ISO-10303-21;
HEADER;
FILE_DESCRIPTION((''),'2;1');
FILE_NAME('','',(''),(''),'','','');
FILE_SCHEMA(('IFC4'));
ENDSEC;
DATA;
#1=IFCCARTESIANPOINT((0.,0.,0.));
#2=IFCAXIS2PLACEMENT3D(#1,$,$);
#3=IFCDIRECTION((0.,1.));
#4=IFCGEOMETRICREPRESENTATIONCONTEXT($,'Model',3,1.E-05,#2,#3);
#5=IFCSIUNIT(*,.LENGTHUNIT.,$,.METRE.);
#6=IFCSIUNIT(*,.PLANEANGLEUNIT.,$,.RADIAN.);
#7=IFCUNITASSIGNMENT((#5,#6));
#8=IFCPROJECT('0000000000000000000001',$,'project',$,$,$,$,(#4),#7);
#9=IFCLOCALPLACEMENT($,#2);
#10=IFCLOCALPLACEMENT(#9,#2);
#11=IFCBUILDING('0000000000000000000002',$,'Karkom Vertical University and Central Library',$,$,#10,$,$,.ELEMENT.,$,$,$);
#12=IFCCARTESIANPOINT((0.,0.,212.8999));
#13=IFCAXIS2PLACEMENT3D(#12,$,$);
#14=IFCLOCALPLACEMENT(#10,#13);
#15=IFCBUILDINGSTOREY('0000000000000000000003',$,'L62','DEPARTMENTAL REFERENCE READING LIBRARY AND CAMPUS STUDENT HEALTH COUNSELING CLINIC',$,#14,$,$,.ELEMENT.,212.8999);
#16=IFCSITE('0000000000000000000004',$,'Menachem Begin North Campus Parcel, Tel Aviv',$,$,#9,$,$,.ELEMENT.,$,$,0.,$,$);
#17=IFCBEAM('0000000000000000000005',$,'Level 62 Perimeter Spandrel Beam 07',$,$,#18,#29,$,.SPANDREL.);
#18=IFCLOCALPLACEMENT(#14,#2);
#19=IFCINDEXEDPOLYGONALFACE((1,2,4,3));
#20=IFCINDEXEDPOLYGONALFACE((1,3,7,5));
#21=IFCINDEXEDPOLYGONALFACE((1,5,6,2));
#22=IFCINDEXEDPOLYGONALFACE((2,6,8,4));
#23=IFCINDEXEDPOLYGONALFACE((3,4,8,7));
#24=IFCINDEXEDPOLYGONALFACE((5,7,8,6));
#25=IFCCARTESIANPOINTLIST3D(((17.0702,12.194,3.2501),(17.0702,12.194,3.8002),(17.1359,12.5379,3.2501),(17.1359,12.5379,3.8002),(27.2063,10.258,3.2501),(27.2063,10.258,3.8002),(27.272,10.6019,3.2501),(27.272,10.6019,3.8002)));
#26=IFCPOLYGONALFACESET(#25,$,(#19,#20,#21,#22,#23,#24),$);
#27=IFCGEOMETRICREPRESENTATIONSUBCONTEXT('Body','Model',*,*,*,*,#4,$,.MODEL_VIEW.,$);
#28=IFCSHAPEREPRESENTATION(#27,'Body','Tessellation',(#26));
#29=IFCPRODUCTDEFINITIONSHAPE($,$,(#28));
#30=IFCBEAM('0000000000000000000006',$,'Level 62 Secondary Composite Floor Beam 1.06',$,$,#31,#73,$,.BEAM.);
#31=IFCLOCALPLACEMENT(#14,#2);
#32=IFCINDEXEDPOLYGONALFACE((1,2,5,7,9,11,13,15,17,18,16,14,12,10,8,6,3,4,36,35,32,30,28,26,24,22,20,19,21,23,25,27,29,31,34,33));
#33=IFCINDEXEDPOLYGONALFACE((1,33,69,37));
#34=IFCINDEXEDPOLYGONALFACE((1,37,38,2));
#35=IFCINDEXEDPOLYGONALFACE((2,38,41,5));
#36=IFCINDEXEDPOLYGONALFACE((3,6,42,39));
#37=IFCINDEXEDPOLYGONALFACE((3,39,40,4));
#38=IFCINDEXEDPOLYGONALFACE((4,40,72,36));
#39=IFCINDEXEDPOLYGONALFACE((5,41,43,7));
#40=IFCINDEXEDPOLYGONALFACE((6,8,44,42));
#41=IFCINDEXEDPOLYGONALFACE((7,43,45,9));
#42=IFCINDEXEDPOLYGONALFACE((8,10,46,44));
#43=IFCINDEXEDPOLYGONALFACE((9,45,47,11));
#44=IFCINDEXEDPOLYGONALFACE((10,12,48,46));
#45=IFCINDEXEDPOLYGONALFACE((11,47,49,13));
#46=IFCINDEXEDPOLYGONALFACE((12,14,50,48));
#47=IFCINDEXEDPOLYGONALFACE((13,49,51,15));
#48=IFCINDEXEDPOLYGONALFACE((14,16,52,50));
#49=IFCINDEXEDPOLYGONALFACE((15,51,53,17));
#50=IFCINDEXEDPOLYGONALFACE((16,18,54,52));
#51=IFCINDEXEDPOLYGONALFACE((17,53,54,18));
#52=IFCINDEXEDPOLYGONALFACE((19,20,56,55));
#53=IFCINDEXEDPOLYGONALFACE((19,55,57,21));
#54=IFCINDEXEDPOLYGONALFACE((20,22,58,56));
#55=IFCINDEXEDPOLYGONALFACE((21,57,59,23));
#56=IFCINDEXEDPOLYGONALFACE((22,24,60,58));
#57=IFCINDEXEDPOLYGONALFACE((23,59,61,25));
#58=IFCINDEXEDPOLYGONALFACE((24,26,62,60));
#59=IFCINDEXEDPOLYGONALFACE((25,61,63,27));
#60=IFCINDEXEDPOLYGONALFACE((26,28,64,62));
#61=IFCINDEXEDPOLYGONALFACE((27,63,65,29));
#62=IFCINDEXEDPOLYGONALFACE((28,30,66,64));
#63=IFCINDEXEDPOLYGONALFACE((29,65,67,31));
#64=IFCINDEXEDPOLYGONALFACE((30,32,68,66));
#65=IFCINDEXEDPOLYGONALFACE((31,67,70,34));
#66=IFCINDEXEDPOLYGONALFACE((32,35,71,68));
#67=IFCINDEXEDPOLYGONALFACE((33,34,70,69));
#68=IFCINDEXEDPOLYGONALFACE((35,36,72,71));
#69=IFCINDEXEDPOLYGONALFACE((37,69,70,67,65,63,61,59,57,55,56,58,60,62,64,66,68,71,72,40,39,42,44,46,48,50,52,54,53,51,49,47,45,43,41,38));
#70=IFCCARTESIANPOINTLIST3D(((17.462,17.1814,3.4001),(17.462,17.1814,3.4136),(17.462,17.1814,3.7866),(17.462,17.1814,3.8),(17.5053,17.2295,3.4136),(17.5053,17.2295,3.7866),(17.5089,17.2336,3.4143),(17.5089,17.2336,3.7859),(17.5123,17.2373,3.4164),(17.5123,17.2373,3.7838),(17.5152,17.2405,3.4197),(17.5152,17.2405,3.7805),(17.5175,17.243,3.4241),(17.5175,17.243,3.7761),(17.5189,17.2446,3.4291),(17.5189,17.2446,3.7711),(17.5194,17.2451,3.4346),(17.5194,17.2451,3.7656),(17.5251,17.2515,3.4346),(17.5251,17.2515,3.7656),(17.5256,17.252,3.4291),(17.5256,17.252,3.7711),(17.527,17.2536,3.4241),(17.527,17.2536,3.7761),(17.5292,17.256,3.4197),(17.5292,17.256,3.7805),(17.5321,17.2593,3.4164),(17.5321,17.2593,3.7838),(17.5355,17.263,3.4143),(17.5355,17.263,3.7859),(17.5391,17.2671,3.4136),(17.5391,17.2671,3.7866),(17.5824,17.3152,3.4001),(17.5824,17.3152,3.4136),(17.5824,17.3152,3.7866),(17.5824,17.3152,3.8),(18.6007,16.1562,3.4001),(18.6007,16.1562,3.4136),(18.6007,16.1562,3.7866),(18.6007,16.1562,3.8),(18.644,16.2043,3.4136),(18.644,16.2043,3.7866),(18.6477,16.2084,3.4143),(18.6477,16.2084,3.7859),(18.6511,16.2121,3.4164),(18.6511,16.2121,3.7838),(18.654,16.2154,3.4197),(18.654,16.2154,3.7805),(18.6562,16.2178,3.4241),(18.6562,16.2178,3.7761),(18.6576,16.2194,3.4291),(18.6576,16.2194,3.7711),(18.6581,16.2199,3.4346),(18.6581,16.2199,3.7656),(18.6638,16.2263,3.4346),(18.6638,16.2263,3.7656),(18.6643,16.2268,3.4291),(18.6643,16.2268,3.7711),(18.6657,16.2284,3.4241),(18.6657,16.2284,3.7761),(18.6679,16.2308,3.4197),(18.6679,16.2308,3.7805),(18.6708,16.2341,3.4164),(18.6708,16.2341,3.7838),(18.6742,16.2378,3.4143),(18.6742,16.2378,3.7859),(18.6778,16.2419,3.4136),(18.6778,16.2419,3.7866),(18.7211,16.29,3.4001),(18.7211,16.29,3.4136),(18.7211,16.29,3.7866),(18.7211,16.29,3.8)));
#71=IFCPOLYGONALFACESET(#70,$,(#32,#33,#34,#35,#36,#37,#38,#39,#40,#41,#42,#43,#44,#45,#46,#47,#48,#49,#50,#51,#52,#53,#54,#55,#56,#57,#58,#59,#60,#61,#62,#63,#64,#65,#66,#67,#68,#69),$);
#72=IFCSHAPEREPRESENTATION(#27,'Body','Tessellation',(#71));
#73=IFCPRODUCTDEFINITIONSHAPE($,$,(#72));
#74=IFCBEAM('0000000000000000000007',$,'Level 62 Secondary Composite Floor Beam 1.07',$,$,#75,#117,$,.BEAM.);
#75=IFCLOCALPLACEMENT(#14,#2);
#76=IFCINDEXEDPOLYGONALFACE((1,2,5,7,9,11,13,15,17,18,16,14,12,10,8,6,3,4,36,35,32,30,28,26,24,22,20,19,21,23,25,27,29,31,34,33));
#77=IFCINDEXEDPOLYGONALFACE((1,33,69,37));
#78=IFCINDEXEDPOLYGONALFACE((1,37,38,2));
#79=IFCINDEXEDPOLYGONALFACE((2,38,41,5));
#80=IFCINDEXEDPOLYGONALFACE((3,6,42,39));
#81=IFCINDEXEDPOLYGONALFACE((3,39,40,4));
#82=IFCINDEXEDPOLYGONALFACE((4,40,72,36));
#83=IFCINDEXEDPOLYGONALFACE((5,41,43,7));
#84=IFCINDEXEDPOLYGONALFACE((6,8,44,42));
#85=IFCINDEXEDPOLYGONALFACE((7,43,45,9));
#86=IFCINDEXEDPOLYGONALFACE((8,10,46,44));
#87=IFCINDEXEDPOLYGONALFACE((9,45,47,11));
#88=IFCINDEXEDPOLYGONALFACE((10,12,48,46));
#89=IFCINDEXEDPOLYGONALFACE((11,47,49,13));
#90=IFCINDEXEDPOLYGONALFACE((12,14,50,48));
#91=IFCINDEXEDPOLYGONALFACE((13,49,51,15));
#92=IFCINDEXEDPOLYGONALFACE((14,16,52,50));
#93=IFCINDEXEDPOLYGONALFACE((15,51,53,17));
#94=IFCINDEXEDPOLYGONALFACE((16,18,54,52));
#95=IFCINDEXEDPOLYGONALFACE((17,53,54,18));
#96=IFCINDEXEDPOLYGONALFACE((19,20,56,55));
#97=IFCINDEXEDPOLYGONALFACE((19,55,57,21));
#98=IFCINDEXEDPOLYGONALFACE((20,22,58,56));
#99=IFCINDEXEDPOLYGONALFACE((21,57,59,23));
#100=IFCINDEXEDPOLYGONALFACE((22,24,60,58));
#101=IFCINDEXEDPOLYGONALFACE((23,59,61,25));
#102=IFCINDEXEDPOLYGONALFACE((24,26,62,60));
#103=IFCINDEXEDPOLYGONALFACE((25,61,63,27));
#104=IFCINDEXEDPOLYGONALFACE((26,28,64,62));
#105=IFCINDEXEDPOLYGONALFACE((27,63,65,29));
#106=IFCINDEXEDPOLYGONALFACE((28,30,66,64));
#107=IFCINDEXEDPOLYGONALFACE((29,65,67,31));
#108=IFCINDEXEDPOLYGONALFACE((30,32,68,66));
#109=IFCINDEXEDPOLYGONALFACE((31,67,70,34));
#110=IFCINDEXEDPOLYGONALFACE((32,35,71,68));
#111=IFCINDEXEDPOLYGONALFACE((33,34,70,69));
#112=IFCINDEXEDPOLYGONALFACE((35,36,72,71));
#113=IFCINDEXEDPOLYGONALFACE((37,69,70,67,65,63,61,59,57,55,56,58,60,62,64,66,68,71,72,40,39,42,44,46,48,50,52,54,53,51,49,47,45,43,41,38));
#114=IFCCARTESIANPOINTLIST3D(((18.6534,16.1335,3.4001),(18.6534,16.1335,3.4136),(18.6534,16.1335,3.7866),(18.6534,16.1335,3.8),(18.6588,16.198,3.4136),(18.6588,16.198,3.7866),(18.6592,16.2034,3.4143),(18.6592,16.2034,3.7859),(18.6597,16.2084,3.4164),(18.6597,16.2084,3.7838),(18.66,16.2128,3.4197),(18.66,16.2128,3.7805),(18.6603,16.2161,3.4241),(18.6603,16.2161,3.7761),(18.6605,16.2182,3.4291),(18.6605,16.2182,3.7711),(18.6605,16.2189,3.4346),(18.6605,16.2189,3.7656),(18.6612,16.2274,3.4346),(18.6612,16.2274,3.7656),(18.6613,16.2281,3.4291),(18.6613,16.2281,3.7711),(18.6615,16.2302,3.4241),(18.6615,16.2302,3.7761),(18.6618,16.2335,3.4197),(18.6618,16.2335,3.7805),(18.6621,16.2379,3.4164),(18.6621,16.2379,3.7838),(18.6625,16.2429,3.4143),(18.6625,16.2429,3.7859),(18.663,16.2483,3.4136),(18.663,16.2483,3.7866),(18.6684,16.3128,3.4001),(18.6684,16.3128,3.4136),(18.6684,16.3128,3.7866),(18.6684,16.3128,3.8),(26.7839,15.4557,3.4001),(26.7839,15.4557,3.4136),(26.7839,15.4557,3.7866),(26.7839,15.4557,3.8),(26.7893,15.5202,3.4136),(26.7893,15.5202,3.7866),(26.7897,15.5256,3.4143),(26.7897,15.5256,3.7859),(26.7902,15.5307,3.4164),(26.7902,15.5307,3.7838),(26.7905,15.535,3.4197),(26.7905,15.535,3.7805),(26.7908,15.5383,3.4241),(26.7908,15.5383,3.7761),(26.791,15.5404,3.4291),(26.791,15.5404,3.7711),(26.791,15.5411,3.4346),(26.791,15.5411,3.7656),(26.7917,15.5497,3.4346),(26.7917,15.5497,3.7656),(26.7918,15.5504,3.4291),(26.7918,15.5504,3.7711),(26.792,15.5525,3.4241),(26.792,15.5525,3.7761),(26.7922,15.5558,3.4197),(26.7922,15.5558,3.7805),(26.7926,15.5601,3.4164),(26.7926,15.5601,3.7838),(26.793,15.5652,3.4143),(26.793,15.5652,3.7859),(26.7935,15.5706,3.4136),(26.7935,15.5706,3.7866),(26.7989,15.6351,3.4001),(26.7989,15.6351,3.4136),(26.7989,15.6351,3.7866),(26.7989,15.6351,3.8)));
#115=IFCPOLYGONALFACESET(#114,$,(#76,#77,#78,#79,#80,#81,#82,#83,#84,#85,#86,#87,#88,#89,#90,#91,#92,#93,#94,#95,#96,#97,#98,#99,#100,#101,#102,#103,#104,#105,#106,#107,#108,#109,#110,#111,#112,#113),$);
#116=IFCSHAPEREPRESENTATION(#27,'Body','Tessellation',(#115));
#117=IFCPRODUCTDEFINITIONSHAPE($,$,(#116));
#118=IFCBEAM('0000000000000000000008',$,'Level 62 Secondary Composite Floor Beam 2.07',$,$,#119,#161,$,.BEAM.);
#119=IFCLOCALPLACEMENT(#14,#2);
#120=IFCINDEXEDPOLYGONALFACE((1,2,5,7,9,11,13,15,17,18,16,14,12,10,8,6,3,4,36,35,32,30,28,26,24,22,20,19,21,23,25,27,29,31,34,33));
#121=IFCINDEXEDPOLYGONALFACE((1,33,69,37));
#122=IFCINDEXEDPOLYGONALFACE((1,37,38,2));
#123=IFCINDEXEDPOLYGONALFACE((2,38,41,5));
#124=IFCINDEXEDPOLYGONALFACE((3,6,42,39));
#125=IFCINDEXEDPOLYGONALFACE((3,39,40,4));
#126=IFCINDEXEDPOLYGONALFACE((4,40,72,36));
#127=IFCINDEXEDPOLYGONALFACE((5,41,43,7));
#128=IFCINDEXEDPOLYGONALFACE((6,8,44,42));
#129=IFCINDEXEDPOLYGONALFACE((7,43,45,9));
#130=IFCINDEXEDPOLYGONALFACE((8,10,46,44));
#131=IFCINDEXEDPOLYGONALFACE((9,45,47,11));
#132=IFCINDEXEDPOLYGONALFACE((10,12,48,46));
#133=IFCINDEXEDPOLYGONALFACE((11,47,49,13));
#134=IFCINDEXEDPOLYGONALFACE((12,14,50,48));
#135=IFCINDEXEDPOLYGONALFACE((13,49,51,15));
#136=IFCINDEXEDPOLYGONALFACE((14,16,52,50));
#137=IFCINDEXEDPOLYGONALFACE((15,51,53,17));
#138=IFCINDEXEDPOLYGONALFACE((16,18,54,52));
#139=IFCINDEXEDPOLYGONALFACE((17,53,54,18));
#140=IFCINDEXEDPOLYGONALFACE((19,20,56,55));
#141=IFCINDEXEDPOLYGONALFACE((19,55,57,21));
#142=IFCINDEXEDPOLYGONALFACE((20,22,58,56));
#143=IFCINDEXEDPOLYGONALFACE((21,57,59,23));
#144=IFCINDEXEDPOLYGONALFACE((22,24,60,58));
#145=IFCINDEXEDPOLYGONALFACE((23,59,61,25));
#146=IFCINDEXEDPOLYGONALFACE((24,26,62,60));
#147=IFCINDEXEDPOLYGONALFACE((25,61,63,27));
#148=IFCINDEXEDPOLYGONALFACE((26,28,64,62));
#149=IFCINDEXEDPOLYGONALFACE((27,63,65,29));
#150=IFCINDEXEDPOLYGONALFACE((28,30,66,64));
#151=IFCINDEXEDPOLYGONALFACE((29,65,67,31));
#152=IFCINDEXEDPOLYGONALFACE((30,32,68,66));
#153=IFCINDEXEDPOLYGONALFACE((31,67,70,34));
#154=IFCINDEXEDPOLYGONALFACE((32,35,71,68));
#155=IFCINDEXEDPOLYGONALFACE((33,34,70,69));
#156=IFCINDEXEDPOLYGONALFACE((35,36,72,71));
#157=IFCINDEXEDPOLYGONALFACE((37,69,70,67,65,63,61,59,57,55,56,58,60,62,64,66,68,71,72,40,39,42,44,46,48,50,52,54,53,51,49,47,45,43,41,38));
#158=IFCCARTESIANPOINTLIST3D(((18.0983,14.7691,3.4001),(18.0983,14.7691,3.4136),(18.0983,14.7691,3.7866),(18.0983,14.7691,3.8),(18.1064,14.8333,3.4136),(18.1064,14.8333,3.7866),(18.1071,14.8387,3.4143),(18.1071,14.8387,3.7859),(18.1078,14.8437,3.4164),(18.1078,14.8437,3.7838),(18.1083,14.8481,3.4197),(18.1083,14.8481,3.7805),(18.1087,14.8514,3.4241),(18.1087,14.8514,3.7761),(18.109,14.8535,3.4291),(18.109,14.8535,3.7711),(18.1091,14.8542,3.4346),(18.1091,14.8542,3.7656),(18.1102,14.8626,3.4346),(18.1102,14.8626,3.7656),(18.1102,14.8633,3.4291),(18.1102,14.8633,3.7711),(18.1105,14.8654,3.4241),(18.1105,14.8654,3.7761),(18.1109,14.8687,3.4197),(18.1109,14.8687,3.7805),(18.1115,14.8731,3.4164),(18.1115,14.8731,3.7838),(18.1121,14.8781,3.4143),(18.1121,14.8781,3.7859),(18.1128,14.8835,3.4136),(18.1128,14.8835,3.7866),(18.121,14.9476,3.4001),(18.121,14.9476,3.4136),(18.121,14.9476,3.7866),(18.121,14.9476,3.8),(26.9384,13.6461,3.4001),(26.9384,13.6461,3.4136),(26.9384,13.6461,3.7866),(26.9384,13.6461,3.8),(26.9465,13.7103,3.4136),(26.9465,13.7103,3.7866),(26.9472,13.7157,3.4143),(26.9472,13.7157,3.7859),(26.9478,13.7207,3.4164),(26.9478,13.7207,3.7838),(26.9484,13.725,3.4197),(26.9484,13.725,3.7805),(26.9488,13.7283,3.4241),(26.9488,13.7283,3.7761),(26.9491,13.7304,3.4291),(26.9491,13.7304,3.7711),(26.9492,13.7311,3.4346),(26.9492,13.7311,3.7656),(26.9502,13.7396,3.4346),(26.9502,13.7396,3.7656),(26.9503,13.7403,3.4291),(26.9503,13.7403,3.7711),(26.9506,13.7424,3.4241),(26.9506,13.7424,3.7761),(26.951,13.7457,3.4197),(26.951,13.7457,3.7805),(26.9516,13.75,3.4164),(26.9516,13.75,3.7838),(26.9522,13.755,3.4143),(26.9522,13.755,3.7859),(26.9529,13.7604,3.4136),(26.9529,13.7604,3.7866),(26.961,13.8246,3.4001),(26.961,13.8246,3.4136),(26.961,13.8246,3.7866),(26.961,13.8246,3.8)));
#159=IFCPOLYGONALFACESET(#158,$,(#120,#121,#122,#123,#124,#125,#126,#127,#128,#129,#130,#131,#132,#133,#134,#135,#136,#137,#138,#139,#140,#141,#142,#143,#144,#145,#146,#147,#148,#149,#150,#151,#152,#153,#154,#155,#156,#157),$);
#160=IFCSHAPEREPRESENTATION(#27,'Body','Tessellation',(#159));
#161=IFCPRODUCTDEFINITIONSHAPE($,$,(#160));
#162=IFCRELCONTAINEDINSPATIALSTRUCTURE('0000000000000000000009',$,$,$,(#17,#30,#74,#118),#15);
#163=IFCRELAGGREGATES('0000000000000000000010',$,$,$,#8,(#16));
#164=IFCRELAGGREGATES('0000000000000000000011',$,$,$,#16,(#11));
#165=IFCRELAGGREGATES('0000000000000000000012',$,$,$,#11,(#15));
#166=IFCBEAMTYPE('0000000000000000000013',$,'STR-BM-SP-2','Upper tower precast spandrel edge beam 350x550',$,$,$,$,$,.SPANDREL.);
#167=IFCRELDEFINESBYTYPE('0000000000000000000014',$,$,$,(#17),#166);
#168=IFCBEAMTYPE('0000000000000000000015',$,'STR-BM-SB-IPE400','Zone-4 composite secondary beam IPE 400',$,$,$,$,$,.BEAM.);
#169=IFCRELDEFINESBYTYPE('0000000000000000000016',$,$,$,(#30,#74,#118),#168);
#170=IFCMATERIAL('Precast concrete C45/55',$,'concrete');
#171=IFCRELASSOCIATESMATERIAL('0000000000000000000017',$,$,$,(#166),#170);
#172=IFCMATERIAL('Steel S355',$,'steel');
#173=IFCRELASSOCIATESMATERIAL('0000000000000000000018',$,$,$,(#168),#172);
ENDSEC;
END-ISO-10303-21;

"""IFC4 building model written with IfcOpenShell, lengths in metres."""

from ifc_helpers import new_model, si_unit, direction, frame, origin, origin_with_axes, origin_2d, place, context, subcontext, project, spatial, rectangle, i_section, extrude, source, transform, mapped, material, material_profile, profile_set, type_object, element, save


model = new_model("IFC4")

# Units and contexts
model_context = context("Model", 3, precision=1e-05, world=origin(), true_north=direction((0.0, 1.0)))
body_context = subcontext(model_context, "Body", "Model", "MODEL_VIEW")
ifc_project = project(units=[si_unit("LENGTHUNIT", "METRE"), si_unit("PLANEANGLEUNIT", "RADIAN")], contexts=[model_context])

# Site, building, storey
site_placement = place(None, origin())
site = spatial("IfcSite", under=ifc_project, at=site_placement, Name="Menachem Begin North Campus Parcel, Tel Aviv", CompositionType="ELEMENT", RefElevation=0.0)
building_placement = place(site_placement, origin())
building = spatial("IfcBuilding", under=site, at=building_placement, Name="Karkom Vertical University and Central Library", CompositionType="ELEMENT")
storey_placement = place(building_placement, frame((0.0, 0.0, 212.8999)))
storey = spatial("IfcBuildingStorey", under=building, at=storey_placement, Name="L62", Description="DEPARTMENTAL REFERENCE READING LIBRARY AND CAMPUS STUDENT HEALTH COUNSELING CLINIC", CompositionType="ELEMENT", Elevation=212.8999)

# Beams
ifc_material_1 = material(Name="Steel S355", Category="steel")
ifc_material_2 = material(Name="Precast concrete C45/55", Category="concrete")
ifc_material_profile_1 = material_profile(ifc_material_2, rectangle(XDim=0.3501, YDim=0.55, at=origin_2d()), Name="SPB-350x550")
ifc_profile_set_1 = profile_set([ifc_material_profile_1], Name="Precast concrete C45/55")
beam_type_1 = type_object("IfcBeamType", Name="STR-BM-SP-2", Description="Upper tower precast spandrel edge beam 350x550", PredefinedType="SPANDREL", material=ifc_profile_set_1)
shared_shape_1 = source(origin_with_axes(), body_context, "Body", "SweptSolid", [
    extrude(rectangle(XDim=0.3501, YDim=0.55, at=origin_2d()), origin(), (0.0, 0.0, 1.0), 10.3193),
])
beam_1_placement = place(storey_placement, frame((17.103, 12.366, 3.5251), z_axis=(0.982243, -0.187614, 0.0), x_axis=(0.187614, 0.982243, 0.0)))
element("IfcBeam", 1, at=beam_1_placement, inside=storey, type_object=beam_type_1, Name="Level 62 Perimeter Spandrel Beam 07", PredefinedType="SPANDREL", context=body_context, shape_type="MappedRepresentation", body=[
    mapped(shared_shape_1, transform((0.0, 0.0, 0.0), scale=1.0)),
])
ifc_material_profile_2 = material_profile(ifc_material_1, i_section(OverallWidth=0.1799, OverallDepth=0.3999, WebThickness=0.0085, FlangeThickness=0.0134, FilletRadius=0.021, at=origin_2d()), Name="IPE 400")
ifc_profile_set_2 = profile_set([ifc_material_profile_2], Name="Steel S355")
beam_type_2 = type_object("IfcBeamType", Name="STR-BM-SB-IPE400", Description="Zone-4 composite secondary beam IPE 400", PredefinedType="BEAM", material=ifc_profile_set_2)
shared_shape_2 = source(origin_with_axes(), body_context, "Body", "SweptSolid", [
    extrude(i_section(OverallWidth=0.1799, OverallDepth=0.3999, WebThickness=0.0085, FlangeThickness=0.0134, FilletRadius=0.021, at=origin_2d()), origin(), (0.0, 0.0, 1.0), 1.5322),
])
beam_2_placement = place(storey_placement, frame((17.5222, 17.2483, 3.6001), z_axis=(0.743183, -0.669088, 0.0), x_axis=(0.669088, 0.743183, 0.0)))
element("IfcBeam", 2, at=beam_2_placement, inside=storey, type_object=beam_type_2, Name="Level 62 Secondary Composite Floor Beam 1.06", PredefinedType="BEAM", context=body_context, shape_type="MappedRepresentation", body=[
    mapped(shared_shape_2, transform((0.0, 0.0, 0.0), scale=1.0)),
])
shared_shape_3 = source(origin_with_axes(), body_context, "Body", "SweptSolid", [
    extrude(i_section(OverallWidth=0.1799, OverallDepth=0.3999, WebThickness=0.0085, FlangeThickness=0.0134, FilletRadius=0.021, at=origin_2d()), origin(), (0.0, 0.0, 1.0), 8.1587),
])
beam_3_placement = place(storey_placement, frame((18.6609, 16.2231, 3.6001), z_axis=(0.996544, -0.08307, 0.0), x_axis=(0.08307, 0.996544, 0.0)))
element("IfcBeam", 3, at=beam_3_placement, inside=storey, type_object=beam_type_2, Name="Level 62 Secondary Composite Floor Beam 1.07", PredefinedType="BEAM", context=body_context, shape_type="MappedRepresentation", body=[
    mapped(shared_shape_3, transform((0.0, 0.0, 0.0), scale=1.0)),
])
shared_shape_4 = source(origin_with_axes(), body_context, "Body", "SweptSolid", [
    extrude(i_section(OverallWidth=0.1799, OverallDepth=0.3999, WebThickness=0.0085, FlangeThickness=0.0134, FilletRadius=0.021, at=origin_2d()), origin(), (0.0, 0.0, 1.0), 8.9111),
])
beam_4_placement = place(storey_placement, frame((18.1096, 14.8584, 3.6001), z_axis=(0.992027, -0.126027, 0.0), x_axis=(0.126027, 0.992027, 0.0)))
element("IfcBeam", 4, at=beam_4_placement, inside=storey, type_object=beam_type_2, Name="Level 62 Secondary Composite Floor Beam 2.07", PredefinedType="BEAM", context=body_context, shape_type="MappedRepresentation", body=[
    mapped(shared_shape_4, transform((0.0, 0.0, 0.0), scale=1.0)),
])

save(model, "model.ifc")
